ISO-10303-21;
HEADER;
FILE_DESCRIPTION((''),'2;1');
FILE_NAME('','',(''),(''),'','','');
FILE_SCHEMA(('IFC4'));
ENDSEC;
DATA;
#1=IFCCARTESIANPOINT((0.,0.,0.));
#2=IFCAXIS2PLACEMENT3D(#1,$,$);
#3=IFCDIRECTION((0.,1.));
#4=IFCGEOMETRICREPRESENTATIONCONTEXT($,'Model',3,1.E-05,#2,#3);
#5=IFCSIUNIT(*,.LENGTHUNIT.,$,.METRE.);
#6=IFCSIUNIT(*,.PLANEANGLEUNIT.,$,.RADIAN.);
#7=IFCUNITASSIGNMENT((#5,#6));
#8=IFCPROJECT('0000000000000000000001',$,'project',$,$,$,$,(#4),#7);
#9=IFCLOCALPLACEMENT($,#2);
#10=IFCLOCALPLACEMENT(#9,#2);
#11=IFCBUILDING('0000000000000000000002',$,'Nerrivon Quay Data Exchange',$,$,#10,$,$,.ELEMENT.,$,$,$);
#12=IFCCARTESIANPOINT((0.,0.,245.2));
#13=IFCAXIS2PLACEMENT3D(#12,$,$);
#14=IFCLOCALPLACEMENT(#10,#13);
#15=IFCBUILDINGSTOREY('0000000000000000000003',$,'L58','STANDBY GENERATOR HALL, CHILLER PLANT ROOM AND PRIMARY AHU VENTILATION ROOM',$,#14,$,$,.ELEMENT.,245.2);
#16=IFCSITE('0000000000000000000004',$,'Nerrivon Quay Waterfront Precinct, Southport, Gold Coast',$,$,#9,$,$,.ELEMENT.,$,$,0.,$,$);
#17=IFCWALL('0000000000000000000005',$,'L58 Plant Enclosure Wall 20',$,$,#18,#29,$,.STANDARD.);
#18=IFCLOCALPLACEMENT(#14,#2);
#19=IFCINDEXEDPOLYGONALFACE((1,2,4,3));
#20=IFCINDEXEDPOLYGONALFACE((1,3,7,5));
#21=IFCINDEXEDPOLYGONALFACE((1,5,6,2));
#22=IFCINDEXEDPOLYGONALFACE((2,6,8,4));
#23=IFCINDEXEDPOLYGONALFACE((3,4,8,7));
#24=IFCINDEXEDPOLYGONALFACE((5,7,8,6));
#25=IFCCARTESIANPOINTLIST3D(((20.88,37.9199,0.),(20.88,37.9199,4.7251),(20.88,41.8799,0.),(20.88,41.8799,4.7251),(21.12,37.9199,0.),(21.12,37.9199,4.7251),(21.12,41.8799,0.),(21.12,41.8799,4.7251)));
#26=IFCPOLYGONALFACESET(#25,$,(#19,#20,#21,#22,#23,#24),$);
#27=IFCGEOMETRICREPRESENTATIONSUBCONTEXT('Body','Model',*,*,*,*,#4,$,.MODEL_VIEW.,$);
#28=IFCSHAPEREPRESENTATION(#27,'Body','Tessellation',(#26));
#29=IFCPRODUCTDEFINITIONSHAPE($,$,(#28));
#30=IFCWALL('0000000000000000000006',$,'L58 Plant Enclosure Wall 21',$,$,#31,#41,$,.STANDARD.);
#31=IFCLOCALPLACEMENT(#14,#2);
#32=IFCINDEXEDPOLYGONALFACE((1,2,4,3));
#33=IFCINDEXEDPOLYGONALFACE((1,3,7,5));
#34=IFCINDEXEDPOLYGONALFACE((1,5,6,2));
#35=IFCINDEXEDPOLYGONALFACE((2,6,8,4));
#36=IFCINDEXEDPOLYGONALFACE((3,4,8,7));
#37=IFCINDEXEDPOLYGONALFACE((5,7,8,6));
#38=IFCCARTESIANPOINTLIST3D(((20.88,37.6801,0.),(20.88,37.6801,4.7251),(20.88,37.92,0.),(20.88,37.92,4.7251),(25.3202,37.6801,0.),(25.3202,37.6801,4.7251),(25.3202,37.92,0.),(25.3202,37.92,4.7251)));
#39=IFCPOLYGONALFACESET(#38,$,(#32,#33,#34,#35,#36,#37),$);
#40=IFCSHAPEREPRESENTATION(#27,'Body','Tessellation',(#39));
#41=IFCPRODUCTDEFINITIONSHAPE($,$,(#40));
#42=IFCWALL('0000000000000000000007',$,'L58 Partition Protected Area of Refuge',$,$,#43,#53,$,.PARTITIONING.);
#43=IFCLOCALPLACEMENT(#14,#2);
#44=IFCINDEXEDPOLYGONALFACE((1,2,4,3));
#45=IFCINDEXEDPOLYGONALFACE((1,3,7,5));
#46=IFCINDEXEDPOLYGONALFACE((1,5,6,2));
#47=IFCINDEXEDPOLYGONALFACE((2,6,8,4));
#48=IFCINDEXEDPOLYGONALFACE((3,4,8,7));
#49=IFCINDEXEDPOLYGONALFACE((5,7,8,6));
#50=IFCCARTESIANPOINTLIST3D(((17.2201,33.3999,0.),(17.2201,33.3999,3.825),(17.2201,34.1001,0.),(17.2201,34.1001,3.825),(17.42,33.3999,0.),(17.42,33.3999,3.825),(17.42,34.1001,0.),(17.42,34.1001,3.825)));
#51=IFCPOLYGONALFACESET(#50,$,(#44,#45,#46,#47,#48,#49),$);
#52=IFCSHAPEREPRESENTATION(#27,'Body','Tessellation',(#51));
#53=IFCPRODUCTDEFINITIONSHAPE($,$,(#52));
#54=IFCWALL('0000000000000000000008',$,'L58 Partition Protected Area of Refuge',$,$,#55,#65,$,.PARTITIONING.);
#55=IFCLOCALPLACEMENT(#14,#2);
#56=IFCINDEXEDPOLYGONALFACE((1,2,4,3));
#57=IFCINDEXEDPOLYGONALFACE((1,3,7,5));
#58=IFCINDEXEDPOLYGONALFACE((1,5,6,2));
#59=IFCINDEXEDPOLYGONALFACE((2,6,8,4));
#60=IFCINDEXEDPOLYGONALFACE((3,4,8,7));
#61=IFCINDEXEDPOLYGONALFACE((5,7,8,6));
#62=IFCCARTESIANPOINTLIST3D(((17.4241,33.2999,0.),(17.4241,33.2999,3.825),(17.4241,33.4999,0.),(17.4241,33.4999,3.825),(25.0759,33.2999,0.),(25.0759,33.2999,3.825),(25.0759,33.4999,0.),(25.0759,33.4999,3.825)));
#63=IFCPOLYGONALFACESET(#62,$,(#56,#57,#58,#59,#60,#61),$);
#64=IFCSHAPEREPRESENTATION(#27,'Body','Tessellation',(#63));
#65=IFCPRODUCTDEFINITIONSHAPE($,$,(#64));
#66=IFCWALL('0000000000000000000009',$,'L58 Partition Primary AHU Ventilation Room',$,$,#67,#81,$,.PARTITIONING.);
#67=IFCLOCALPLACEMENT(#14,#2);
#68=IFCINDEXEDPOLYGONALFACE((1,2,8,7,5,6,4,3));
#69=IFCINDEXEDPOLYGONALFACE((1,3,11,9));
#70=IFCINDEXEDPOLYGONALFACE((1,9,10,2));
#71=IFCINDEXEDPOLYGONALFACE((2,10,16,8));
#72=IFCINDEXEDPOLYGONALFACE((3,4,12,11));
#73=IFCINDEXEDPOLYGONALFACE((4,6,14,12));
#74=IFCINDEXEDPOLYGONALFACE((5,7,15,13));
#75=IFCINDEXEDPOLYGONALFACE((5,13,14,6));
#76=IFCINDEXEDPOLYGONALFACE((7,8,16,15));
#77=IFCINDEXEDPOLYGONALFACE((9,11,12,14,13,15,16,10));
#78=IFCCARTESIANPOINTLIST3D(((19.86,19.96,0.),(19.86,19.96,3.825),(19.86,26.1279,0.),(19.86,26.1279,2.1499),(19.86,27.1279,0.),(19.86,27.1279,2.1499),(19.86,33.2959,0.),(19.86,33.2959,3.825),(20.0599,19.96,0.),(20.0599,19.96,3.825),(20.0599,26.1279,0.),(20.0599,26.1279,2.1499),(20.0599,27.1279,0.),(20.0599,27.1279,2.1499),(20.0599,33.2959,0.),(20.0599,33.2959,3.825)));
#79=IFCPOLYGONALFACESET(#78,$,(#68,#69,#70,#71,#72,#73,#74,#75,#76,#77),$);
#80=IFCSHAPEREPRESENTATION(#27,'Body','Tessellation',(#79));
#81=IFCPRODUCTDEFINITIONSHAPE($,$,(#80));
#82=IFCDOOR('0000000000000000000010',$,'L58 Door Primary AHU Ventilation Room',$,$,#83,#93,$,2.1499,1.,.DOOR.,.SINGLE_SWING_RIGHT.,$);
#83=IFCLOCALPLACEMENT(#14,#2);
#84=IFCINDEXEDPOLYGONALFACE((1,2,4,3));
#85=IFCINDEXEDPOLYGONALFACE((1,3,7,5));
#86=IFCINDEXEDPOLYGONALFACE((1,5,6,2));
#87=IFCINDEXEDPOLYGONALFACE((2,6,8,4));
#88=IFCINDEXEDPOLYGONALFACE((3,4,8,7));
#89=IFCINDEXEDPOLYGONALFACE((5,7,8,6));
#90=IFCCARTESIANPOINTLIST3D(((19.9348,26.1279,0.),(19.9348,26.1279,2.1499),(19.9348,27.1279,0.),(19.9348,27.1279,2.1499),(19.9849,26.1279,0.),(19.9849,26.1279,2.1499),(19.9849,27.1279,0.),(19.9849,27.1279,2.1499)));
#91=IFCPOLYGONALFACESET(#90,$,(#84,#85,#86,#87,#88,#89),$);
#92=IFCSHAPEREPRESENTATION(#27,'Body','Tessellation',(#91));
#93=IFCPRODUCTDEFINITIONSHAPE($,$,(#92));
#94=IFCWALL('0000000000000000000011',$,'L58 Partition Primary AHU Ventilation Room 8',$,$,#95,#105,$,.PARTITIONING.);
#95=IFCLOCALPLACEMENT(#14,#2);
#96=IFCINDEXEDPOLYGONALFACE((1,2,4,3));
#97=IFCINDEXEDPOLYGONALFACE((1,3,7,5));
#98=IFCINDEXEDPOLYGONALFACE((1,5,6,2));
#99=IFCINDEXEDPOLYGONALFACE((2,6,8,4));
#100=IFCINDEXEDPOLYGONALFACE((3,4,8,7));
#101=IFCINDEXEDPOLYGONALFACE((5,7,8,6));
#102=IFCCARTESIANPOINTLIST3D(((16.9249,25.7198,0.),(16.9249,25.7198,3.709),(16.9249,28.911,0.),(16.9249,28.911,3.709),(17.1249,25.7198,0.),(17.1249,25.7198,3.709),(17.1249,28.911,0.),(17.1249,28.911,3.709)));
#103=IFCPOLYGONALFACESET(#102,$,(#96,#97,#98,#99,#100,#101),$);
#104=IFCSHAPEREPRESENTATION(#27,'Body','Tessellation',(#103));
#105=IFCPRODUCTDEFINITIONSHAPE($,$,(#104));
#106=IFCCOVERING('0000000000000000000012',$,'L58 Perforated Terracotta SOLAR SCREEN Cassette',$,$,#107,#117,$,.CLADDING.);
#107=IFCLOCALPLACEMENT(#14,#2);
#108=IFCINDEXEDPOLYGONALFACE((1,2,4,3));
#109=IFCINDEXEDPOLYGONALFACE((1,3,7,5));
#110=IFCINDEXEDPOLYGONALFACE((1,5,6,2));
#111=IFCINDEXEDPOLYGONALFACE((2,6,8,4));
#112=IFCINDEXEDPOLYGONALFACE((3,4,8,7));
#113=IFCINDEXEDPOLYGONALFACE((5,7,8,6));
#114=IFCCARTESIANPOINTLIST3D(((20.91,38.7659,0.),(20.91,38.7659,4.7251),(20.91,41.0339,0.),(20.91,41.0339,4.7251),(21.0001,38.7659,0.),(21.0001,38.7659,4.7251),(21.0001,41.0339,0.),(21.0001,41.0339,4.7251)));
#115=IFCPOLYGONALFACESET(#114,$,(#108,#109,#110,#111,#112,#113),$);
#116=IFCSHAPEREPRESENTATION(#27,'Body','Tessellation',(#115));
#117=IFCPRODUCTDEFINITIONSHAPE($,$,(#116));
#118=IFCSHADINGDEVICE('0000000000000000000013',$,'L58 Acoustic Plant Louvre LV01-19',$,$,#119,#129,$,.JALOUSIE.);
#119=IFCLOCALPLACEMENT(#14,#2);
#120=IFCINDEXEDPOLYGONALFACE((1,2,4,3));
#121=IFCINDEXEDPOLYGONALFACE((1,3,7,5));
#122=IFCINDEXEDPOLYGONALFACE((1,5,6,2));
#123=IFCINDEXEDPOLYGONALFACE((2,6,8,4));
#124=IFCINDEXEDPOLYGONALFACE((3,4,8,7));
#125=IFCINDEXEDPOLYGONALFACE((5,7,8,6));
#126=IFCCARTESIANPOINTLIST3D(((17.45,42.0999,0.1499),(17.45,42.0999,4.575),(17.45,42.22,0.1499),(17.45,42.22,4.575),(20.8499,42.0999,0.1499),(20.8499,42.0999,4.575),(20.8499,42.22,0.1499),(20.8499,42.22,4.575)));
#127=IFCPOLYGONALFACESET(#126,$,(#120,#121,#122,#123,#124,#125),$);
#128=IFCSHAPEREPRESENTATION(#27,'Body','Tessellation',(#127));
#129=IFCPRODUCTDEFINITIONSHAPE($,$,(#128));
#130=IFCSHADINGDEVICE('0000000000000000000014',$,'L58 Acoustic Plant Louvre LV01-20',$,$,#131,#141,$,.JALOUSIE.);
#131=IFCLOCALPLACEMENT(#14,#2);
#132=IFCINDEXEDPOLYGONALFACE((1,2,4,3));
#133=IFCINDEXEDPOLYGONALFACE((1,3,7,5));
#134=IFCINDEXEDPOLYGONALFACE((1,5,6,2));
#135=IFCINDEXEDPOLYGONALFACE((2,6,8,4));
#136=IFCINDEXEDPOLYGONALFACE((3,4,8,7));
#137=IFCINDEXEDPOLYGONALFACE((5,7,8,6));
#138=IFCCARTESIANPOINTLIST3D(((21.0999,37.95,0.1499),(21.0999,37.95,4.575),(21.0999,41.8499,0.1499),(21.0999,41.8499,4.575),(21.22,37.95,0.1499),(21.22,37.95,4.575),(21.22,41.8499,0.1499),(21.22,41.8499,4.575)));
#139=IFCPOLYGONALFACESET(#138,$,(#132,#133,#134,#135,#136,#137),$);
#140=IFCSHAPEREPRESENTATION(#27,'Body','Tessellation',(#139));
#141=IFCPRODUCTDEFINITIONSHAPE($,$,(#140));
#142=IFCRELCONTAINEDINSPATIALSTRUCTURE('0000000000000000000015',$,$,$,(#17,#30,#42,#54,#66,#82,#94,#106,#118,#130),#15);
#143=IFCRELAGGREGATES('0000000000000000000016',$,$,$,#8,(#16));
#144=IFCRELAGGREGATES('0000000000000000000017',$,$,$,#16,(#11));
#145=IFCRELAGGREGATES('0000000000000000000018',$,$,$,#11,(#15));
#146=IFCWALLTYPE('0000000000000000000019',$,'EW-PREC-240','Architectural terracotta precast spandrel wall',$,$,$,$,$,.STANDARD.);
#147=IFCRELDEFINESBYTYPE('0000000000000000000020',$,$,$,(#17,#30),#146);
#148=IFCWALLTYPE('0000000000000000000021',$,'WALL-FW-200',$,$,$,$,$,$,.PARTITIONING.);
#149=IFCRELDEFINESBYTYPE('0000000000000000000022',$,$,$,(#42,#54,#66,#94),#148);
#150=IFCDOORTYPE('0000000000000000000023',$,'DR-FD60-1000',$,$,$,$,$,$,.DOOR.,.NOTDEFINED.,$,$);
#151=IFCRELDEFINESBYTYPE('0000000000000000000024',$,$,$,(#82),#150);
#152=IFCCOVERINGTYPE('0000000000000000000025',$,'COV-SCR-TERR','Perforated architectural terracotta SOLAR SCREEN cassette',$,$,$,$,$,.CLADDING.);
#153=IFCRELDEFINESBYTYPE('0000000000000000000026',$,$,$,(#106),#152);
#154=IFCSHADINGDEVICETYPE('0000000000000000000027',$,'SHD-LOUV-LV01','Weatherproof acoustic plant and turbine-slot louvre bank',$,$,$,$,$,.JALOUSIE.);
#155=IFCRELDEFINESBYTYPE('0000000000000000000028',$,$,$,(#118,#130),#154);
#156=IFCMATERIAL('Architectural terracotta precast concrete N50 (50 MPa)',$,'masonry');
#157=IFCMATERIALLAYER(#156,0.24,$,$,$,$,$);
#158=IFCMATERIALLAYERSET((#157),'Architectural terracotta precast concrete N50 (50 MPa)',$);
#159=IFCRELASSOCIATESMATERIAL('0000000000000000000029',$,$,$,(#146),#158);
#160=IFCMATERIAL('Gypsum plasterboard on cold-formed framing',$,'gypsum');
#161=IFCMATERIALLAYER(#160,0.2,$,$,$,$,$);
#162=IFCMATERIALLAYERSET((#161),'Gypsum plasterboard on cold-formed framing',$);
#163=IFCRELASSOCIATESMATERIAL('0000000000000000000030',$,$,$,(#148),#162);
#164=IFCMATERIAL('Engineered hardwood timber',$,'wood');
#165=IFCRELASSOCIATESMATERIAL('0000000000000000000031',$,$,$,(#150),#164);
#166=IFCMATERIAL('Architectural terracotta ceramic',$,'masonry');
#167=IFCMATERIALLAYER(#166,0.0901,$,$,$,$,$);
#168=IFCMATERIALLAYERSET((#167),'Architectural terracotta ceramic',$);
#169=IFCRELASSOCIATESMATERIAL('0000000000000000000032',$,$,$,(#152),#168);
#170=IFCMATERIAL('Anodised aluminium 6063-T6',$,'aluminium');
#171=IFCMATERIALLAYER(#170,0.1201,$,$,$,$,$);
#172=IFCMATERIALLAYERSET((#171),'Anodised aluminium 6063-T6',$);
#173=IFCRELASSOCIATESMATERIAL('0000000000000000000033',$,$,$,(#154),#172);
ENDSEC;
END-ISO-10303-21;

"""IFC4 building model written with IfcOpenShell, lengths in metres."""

from ifc_helpers import new_model, si_unit, direction, frame, frame_2d, origin, origin_2d, place, context, subcontext, project, spatial, rectangle, extrude, material, layer, layer_set, type_object, element, fill, save


model = new_model("IFC4")

# Units and contexts
model_context = context("Model", 3, precision=1e-05, world=origin(), true_north=direction((0.0, 1.0)))
body_context = subcontext(model_context, "Body", "Model", "MODEL_VIEW")
ifc_project = project(units=[si_unit("LENGTHUNIT", "METRE"), si_unit("PLANEANGLEUNIT", "RADIAN")], contexts=[model_context])

# Site, building, storey
site_placement = place(None, origin())
site = spatial("IfcSite", under=ifc_project, at=site_placement, Name="Nerrivon Quay Waterfront Precinct, Southport, Gold Coast", CompositionType="ELEMENT", RefElevation=0.0)
building_placement = place(site_placement, origin())
building = spatial("IfcBuilding", under=site, at=building_placement, Name="Nerrivon Quay Data Exchange", CompositionType="ELEMENT")
storey_placement = place(building_placement, frame((0.0, 0.0, 245.2)))
storey = spatial("IfcBuildingStorey", under=building, at=storey_placement, Name="L58", Description="STANDBY GENERATOR HALL, CHILLER PLANT ROOM AND PRIMARY AHU VENTILATION ROOM", CompositionType="ELEMENT", Elevation=245.2)

# Walls
ifc_material_1 = material(Name="Architectural terracotta precast concrete N50 (50 MPa)", Category="masonry")
ifc_layer_1 = layer(ifc_material_1, 0.24)
ifc_layer_set_1 = layer_set([ifc_layer_1], Name="Architectural terracotta precast concrete N50 (50 MPa)")
wall_type_1 = type_object("IfcWallType", Name="EW-PREC-240", Description="Architectural terracotta precast spandrel wall", PredefinedType="STANDARD", material=ifc_layer_set_1)
wall_1_placement = place(storey_placement, frame((21.0, 41.8799, 0.0), z_axis=(0.0, 0.0, 1.0), x_axis=(0.0, -1.0, 0.0)))
element("IfcWall", 1, at=wall_1_placement, inside=storey, type_object=wall_type_1, Name="L58 Plant Enclosure Wall 20", PredefinedType="STANDARD", context=body_context, shape_type="SweptSolid", body=[
    extrude(rectangle(XDim=3.96, YDim=0.24, at=frame_2d((1.98, 0.0))), origin(), (0.0, 0.0, 1.0), 4.7251),
])
wall_2_placement = place(storey_placement, frame((20.8799, 37.8, 0.0), z_axis=(0.0, 0.0, 1.0), x_axis=(1.0, 0.0, 0.0)))
element("IfcWall", 2, at=wall_2_placement, inside=storey, type_object=wall_type_1, Name="L58 Plant Enclosure Wall 21", PredefinedType="STANDARD", context=body_context, shape_type="SweptSolid", body=[
    extrude(rectangle(XDim=4.4402, YDim=0.24, at=frame_2d((2.2202, 0.0))), origin(), (0.0, 0.0, 1.0), 4.7251),
])

# Walls
ifc_material_2 = material(Name="Gypsum plasterboard on cold-formed framing", Category="gypsum")
ifc_layer_2 = layer(ifc_material_2, 0.2)
ifc_layer_set_2 = layer_set([ifc_layer_2], Name="Gypsum plasterboard on cold-formed framing")
wall_type_2 = type_object("IfcWallType", Name="WALL-FW-200", PredefinedType="PARTITIONING", material=ifc_layer_set_2)
wall_3_placement = place(storey_placement, frame((17.3201, 34.1001, 0.0), z_axis=(0.0, 0.0, 1.0), x_axis=(0.0, -1.0, 0.0)))
element("IfcWall", 3, at=wall_3_placement, inside=storey, type_object=wall_type_2, Name="L58 Partition Protected Area of Refuge", PredefinedType="PARTITIONING", context=body_context, shape_type="SweptSolid", body=[
    extrude(rectangle(XDim=0.7002, YDim=0.2, at=frame_2d((0.3501, 0.0))), origin(), (0.0, 0.0, 1.0), 3.825),
])
wall_4_placement = place(storey_placement, frame((17.4241, 33.3999, 0.0), z_axis=(0.0, 0.0, 1.0), x_axis=(1.0, 0.0, 0.0)))
element("IfcWall", 4, at=wall_4_placement, inside=storey, type_object=wall_type_2, Name="L58 Partition Protected Area of Refuge", PredefinedType="PARTITIONING", context=body_context, shape_type="SweptSolid", body=[
    extrude(rectangle(XDim=7.6519, YDim=0.2, at=frame_2d((3.8259, 0.0))), origin(), (0.0, 0.0, 1.0), 3.825),
])

# Wall, opening, door
wall_5_placement = place(storey_placement, frame((19.96, 33.2959, 0.0), z_axis=(0.0, 0.0, 1.0), x_axis=(0.0, -1.0, 0.0)))
wall_5 = element("IfcWall", 5, at=wall_5_placement, inside=storey, type_object=wall_type_2, Name="L58 Partition Primary AHU Ventilation Room", PredefinedType="PARTITIONING", context=body_context, shape_type="SweptSolid", body=[
    extrude(rectangle(XDim=13.3359, YDim=0.2, at=frame_2d((6.668, 0.0))), origin(), (0.0, 0.0, 1.0), 3.825),
])
opening_1_placement = place(wall_5_placement, frame((6.168, 0.0, 0.0)))
opening_1 = element("IfcOpeningElement", 6, at=opening_1_placement, cuts=wall_5, PredefinedType="OPENING", context=body_context, shape_type="SweptSolid", body=[
    extrude(rectangle(XDim=1.0, YDim=2.1499, at=frame_2d((0.5, 1.075))), frame((0.0, 0.1099, 0.0), z_axis=(0.0, -1.0, 0.0), x_axis=(1.0, 0.0, 0.0)), (0.0, 0.0, 1.0), 0.22),
])
ifc_material_3 = material(Name="Engineered hardwood timber", Category="wood")
door_type_1 = type_object("IfcDoorType", Name="DR-FD60-1000", OperationType="NOTDEFINED", PredefinedType="DOOR", material=ifc_material_3)
door_1_placement = place(opening_1_placement, origin())
door_1 = element("IfcDoor", 7, at=door_1_placement, inside=storey, type_object=door_type_1, Name="L58 Door Primary AHU Ventilation Room", OperationType="SINGLE_SWING_RIGHT", OverallHeight=2.1499, OverallWidth=1.0, PredefinedType="DOOR", context=body_context, shape_type="SweptSolid", body=[
    extrude(rectangle(XDim=1.0, YDim=2.1499, at=frame_2d((0.5, 1.075))), frame((0.0, 0.0249, 0.0), z_axis=(0.0, -1.0, 0.0), x_axis=(1.0, 0.0, 0.0)), (0.0, 0.0, 1.0), 0.05),
])
fill(opening_1, door_1)

# Wall
wall_6_placement = place(storey_placement, frame((17.0249, 28.9111, 0.0), z_axis=(0.0, 0.0, 1.0), x_axis=(0.0, -1.0, 0.0)))
element("IfcWall", 8, at=wall_6_placement, inside=storey, type_object=wall_type_2, Name="L58 Partition Primary AHU Ventilation Room 8", PredefinedType="PARTITIONING", context=body_context, shape_type="SweptSolid", body=[
    extrude(rectangle(XDim=3.1912, YDim=0.2, at=frame_2d((1.5957, 0.0))), origin(), (0.0, 0.0, 1.0), 3.709),
])

# Covering
ifc_material_4 = material(Name="Architectural terracotta ceramic", Category="masonry")
ifc_layer_3 = layer(ifc_material_4, 0.0901)
ifc_layer_set_3 = layer_set([ifc_layer_3], Name="Architectural terracotta ceramic")
covering_type = type_object("IfcCoveringType", Name="COV-SCR-TERR", Description="Perforated architectural terracotta SOLAR SCREEN cassette", PredefinedType="CLADDING", material=ifc_layer_set_3)
covering_placement = place(storey_placement, frame((20.9551, 39.8999, 0.0), z_axis=(0.0, 0.0, 1.0), x_axis=(0.0, -1.0, 0.0)))
element("IfcCovering", 9, at=covering_placement, inside=storey, type_object=covering_type, Name="L58 Perforated Terracotta SOLAR SCREEN Cassette", PredefinedType="CLADDING", context=body_context, shape_type="SweptSolid", body=[
    extrude(rectangle(XDim=2.2681, YDim=0.0901, at=origin_2d()), origin(), (0.0, 0.0, 1.0), 4.7251),
])

# Shading devices
ifc_material_5 = material(Name="Anodised aluminium 6063-T6", Category="aluminium")
ifc_layer_4 = layer(ifc_material_5, 0.1201)
ifc_layer_set_4 = layer_set([ifc_layer_4], Name="Anodised aluminium 6063-T6")
shading_device_type = type_object("IfcShadingDeviceType", Name="SHD-LOUV-LV01", Description="Weatherproof acoustic plant and turbine-slot louvre bank", PredefinedType="JALOUSIE", material=ifc_layer_set_4)
shading_device_1_placement = place(storey_placement, frame((19.1499, 42.1599, 0.1499), z_axis=(0.0, 0.0, 1.0), x_axis=(1.0, 0.0, 0.0)))
element("IfcShadingDevice", 10, at=shading_device_1_placement, inside=storey, type_object=shading_device_type, Name="L58 Acoustic Plant Louvre LV01-19", PredefinedType="JALOUSIE", context=body_context, shape_type="SweptSolid", body=[
    extrude(rectangle(XDim=3.3999, YDim=0.1201, at=origin_2d()), origin(), (0.0, 0.0, 1.0), 4.425),
])
shading_device_2_placement = place(storey_placement, frame((21.1599, 39.8999, 0.1499), z_axis=(0.0, 0.0, 1.0), x_axis=(0.0, -1.0, 0.0)))
element("IfcShadingDevice", 11, at=shading_device_2_placement, inside=storey, type_object=shading_device_type, Name="L58 Acoustic Plant Louvre LV01-20", PredefinedType="JALOUSIE", context=body_context, shape_type="SweptSolid", body=[
    extrude(rectangle(XDim=3.8999, YDim=0.1201, at=origin_2d()), origin(), (0.0, 0.0, 1.0), 4.425),
])

save(model, "model.ifc")
